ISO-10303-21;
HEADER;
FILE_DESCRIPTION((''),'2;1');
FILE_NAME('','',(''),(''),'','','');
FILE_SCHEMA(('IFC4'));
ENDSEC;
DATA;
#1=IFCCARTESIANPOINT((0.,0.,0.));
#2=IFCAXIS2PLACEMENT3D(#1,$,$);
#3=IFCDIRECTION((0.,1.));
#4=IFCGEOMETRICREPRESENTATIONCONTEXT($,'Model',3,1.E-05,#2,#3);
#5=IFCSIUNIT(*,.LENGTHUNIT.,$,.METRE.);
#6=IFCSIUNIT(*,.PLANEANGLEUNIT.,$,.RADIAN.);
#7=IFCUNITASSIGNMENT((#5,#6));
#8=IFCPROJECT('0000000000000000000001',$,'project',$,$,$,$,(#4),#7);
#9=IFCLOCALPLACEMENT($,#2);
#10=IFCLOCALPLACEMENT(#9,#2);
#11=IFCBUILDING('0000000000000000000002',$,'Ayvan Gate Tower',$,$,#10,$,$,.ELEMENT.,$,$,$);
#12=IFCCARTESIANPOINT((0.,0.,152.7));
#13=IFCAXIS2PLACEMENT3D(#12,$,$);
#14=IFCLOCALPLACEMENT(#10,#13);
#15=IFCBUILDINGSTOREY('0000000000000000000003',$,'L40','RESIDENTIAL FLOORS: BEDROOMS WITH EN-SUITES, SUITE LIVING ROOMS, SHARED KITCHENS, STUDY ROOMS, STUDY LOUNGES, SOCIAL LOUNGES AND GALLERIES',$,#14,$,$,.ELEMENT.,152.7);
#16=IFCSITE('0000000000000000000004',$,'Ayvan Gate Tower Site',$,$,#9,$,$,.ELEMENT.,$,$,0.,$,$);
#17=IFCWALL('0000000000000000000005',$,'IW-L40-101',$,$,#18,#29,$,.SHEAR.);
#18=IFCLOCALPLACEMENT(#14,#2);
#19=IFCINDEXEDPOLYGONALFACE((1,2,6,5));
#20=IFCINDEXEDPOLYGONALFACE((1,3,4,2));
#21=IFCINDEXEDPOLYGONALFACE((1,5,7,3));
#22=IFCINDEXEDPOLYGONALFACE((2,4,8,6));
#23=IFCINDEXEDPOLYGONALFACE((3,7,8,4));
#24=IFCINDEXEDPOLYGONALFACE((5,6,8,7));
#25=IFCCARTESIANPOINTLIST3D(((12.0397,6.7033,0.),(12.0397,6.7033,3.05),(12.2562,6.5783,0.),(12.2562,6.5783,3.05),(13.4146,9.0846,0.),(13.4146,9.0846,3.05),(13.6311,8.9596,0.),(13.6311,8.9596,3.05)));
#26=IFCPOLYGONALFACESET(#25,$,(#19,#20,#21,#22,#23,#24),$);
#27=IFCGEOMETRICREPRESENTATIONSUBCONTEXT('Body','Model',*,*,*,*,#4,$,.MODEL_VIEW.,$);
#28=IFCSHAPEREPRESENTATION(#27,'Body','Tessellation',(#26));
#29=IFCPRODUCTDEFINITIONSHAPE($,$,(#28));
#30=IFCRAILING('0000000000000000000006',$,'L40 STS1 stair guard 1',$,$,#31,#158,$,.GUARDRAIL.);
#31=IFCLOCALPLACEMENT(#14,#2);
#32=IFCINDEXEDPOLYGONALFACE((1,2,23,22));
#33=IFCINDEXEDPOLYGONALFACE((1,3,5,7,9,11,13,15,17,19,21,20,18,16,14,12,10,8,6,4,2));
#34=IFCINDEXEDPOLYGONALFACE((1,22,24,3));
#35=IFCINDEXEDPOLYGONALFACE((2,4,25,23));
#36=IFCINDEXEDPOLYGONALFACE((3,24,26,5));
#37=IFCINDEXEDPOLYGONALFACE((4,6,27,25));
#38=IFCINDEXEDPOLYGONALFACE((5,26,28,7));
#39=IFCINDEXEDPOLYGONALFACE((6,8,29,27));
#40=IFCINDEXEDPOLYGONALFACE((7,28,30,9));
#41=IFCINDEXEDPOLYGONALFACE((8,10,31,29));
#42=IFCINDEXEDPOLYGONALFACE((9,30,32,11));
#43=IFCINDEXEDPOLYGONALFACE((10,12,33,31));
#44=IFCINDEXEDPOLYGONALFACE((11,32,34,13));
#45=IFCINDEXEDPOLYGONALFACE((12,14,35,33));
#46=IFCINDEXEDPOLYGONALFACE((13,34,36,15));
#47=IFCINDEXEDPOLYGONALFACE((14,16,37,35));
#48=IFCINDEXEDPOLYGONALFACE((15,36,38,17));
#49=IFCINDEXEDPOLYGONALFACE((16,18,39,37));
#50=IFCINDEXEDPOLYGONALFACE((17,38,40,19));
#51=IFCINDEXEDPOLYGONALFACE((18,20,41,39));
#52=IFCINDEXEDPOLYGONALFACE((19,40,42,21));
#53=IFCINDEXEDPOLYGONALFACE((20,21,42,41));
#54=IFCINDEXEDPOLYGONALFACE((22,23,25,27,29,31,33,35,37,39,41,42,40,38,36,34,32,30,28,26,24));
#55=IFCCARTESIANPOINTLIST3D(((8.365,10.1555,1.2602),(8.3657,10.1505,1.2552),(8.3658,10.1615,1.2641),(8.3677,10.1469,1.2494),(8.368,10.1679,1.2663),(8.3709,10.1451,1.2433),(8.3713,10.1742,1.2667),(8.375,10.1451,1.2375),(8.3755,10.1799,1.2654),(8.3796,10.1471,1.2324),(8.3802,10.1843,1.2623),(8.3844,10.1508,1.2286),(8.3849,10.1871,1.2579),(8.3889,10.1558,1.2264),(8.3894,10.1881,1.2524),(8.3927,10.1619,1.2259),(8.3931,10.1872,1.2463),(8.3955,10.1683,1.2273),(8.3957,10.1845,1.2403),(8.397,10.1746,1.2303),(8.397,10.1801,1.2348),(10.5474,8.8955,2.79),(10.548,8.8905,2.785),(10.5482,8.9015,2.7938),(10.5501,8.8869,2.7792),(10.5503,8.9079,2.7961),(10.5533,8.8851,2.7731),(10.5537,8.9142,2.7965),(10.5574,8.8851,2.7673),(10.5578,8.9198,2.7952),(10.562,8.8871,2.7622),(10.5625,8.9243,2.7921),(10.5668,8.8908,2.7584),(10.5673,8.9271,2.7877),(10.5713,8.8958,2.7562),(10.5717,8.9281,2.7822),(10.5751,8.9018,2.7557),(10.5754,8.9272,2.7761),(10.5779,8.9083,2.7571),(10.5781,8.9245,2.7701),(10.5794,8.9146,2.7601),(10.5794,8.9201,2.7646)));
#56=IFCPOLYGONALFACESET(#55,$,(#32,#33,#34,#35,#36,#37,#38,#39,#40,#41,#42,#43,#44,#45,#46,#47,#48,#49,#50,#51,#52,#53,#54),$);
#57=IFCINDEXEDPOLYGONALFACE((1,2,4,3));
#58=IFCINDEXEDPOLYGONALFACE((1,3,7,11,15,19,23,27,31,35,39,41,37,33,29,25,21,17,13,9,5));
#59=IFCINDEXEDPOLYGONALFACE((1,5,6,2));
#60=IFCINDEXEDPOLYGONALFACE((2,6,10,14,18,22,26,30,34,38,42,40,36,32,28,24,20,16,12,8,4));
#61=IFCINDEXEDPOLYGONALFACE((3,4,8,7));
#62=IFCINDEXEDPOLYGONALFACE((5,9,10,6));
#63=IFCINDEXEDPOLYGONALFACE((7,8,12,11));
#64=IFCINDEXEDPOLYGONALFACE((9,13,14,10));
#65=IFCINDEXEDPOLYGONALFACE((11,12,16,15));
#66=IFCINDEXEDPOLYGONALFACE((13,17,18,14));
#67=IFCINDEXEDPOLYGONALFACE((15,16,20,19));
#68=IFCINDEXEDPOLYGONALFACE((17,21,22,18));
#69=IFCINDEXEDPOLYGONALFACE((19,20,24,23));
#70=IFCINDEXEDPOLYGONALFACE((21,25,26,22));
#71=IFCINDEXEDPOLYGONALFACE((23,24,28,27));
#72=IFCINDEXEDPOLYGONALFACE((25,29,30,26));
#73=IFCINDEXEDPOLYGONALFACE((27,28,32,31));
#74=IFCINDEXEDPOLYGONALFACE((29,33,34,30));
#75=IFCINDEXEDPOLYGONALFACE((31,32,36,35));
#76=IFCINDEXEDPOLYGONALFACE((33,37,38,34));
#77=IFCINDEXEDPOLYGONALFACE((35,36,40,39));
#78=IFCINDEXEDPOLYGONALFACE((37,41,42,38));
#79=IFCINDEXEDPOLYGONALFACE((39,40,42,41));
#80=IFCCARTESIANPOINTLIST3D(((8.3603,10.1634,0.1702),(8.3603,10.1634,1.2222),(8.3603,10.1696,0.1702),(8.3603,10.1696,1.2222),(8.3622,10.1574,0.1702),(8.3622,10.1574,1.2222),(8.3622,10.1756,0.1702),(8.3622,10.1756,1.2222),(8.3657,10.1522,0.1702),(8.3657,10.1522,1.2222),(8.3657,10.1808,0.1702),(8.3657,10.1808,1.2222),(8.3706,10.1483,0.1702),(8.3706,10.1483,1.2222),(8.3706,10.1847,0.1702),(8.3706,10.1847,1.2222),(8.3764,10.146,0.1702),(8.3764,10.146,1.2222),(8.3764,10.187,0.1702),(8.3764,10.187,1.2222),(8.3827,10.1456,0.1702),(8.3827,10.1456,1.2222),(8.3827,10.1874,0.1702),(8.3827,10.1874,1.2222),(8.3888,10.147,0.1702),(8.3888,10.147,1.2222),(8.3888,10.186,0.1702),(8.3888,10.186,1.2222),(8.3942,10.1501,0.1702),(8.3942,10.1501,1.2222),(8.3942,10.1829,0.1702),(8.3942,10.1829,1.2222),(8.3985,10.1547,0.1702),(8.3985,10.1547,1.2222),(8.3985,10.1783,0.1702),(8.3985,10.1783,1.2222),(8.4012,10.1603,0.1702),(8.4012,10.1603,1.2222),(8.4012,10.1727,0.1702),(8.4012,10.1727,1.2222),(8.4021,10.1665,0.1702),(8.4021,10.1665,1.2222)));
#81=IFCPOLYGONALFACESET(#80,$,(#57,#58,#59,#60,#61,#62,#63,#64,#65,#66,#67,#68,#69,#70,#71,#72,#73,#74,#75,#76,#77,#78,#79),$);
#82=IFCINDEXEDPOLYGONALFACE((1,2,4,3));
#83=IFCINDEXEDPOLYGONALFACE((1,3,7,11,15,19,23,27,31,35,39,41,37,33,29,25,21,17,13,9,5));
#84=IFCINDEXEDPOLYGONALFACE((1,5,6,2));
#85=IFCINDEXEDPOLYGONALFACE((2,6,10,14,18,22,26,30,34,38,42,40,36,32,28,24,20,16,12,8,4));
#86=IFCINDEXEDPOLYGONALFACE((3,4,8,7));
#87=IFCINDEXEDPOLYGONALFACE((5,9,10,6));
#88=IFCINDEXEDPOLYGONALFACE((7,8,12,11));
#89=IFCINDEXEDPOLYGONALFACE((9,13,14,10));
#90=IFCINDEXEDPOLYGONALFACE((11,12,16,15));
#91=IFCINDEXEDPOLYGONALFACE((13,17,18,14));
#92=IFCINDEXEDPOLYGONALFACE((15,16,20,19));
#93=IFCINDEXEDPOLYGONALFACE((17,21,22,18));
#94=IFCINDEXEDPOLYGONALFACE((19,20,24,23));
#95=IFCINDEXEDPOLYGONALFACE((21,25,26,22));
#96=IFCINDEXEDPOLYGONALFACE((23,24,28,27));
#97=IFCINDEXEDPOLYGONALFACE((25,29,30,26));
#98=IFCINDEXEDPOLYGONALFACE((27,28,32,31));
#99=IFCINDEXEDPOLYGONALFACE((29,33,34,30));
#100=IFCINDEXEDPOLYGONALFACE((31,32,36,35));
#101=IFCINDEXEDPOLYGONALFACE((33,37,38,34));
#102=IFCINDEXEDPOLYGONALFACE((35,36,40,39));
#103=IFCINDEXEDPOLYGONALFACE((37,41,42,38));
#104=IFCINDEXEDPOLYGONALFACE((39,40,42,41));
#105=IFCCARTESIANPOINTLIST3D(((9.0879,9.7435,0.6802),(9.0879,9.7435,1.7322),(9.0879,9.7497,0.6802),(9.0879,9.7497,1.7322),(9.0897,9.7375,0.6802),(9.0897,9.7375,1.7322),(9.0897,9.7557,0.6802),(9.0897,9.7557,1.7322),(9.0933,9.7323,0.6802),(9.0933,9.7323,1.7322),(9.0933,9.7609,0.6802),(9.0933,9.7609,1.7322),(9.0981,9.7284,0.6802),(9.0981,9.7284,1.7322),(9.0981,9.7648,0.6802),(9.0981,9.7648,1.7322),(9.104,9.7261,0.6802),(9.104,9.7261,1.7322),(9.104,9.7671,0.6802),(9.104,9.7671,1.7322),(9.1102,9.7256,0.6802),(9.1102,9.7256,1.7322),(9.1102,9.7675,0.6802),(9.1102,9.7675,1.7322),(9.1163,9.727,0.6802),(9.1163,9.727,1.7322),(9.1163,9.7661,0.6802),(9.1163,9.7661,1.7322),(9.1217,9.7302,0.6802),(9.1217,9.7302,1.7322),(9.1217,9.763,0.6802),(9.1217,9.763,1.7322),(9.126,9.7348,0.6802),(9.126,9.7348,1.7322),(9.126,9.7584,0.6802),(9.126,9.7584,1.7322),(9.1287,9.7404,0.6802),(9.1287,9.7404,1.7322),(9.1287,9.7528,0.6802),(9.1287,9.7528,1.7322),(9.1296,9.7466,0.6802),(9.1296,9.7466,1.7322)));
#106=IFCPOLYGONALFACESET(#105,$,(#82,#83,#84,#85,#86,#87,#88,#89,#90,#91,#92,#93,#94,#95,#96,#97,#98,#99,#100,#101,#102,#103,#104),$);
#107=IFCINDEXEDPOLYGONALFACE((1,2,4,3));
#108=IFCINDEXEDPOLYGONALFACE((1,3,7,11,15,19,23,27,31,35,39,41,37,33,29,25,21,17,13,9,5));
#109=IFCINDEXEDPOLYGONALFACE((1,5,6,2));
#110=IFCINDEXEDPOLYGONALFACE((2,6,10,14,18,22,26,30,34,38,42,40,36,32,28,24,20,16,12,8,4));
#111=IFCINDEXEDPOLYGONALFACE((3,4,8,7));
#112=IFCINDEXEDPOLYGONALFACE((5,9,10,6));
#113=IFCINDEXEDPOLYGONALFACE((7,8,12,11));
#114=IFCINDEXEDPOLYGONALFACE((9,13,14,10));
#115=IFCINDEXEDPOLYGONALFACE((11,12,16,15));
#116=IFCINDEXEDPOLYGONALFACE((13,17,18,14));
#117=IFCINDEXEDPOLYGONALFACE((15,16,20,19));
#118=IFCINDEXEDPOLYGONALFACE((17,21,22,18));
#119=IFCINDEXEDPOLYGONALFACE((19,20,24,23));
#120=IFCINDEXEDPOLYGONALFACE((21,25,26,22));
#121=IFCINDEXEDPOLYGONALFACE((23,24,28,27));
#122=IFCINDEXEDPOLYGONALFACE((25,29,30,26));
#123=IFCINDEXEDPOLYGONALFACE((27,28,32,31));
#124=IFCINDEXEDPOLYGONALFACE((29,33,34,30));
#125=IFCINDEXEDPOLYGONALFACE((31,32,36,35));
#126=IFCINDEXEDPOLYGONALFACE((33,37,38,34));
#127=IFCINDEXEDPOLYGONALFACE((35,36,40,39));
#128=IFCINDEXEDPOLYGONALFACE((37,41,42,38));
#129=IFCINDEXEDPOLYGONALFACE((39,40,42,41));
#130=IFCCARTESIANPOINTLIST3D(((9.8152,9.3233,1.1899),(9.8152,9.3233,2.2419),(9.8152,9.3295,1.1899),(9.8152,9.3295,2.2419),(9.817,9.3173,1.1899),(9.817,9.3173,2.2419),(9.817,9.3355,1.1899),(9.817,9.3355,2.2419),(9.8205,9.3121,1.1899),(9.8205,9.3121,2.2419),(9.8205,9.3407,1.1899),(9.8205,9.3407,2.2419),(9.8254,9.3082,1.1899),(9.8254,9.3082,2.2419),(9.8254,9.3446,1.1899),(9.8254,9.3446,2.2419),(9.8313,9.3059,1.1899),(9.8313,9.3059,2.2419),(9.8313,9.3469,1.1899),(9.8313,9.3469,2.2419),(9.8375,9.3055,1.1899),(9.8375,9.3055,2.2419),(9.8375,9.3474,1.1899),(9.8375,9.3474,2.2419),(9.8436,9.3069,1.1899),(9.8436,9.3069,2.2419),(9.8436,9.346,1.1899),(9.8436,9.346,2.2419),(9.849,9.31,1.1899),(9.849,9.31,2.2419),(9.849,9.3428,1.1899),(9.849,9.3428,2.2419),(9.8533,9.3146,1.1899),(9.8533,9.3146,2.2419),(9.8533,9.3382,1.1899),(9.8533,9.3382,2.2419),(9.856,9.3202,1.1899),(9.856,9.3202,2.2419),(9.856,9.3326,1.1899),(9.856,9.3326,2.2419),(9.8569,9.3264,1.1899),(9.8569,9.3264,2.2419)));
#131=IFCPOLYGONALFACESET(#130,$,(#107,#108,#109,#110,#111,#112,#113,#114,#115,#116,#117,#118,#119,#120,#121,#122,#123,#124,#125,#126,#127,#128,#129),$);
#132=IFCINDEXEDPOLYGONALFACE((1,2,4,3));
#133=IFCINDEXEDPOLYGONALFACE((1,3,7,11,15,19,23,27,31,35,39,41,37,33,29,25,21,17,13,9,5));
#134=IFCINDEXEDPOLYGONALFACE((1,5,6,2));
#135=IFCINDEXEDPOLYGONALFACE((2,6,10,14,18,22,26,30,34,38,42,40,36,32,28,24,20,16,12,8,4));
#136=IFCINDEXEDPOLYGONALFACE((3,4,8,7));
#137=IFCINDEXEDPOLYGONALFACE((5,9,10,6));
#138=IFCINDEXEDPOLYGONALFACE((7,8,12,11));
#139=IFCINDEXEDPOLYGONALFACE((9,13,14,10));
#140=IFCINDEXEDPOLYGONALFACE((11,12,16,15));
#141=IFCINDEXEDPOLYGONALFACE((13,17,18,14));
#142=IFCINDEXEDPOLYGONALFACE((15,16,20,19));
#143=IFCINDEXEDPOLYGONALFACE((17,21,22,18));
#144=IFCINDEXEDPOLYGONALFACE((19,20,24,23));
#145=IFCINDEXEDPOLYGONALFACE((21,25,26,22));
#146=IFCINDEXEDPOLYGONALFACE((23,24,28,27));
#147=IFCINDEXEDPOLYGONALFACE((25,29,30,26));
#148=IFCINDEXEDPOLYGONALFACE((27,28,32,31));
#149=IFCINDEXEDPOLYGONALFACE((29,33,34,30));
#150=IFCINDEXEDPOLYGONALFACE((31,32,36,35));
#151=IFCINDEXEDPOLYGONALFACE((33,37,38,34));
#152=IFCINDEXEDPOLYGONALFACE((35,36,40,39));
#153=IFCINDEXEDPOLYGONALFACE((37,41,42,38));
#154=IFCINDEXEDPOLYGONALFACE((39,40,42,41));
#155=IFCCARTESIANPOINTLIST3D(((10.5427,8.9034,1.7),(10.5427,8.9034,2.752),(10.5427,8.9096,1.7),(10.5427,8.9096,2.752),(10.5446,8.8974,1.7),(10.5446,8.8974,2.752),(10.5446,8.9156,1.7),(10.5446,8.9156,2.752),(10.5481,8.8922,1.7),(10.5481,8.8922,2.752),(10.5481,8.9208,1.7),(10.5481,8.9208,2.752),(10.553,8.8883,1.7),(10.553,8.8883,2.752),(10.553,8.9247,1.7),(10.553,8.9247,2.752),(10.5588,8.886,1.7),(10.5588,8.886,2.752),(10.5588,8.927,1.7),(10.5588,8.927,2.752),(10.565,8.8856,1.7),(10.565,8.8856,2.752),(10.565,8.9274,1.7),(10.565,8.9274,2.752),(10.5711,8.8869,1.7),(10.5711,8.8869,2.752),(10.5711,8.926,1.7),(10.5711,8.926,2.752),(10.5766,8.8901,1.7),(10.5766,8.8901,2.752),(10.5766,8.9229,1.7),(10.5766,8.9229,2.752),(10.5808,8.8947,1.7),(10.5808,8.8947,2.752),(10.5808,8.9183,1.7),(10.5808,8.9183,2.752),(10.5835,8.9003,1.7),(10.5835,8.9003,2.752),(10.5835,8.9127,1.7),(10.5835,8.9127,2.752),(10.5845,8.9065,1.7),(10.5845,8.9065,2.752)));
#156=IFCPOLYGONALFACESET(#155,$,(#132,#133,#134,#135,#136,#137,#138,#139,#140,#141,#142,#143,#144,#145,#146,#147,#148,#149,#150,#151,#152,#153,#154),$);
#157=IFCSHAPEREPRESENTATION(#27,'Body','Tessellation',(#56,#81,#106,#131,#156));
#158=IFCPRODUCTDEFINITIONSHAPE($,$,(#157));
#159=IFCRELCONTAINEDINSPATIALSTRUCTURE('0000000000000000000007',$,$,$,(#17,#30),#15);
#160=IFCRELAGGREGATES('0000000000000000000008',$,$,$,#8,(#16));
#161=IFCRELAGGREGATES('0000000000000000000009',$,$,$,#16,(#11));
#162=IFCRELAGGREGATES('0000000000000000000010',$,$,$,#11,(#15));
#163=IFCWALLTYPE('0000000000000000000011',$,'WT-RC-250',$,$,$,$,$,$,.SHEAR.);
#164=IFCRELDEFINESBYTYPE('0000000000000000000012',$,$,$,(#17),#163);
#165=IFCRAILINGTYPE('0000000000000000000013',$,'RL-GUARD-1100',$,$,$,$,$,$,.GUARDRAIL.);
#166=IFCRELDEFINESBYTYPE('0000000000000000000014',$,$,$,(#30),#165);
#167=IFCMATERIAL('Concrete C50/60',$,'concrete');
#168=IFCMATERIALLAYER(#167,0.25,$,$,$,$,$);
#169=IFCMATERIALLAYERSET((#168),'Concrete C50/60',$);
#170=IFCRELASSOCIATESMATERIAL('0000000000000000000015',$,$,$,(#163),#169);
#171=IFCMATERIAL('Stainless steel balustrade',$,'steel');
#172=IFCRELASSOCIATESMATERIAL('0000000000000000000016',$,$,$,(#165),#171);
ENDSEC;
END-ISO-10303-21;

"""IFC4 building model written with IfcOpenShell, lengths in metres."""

from ifc_helpers import new_model, si_unit, direction, frame, frame_2d, origin, origin_2d, place, context, subcontext, project, spatial, rectangle, circle, extrude, material, layer, layer_set, type_object, element, save


model = new_model("IFC4")

# Units and contexts
model_context = context("Model", 3, precision=1e-05, world=origin(), true_north=direction((0.0, 1.0)))
body_context = subcontext(model_context, "Body", "Model", "MODEL_VIEW")
ifc_project = project(units=[si_unit("LENGTHUNIT", "METRE"), si_unit("PLANEANGLEUNIT", "RADIAN")], contexts=[model_context])

# Site, building, storey
site_placement = place(None, origin())
site = spatial("IfcSite", under=ifc_project, at=site_placement, Name="Ayvan Gate Tower Site", CompositionType="ELEMENT", RefElevation=0.0)
building_placement = place(site_placement, origin())
building = spatial("IfcBuilding", under=site, at=building_placement, Name="Ayvan Gate Tower", CompositionType="ELEMENT")
storey_placement = place(building_placement, frame((0.0, 0.0, 152.7)))
storey = spatial("IfcBuildingStorey", under=building, at=storey_placement, Name="L40", Description="RESIDENTIAL FLOORS: BEDROOMS WITH EN-SUITES, SUITE LIVING ROOMS, SHARED KITCHENS, STUDY ROOMS, STUDY LOUNGES, SOCIAL LOUNGES AND GALLERIES", CompositionType="ELEMENT", Elevation=152.7)

# Shared definitions
ifc_material_1 = material(Name="Concrete C50/60", Category="concrete")
ifc_layer_1 = layer(ifc_material_1, 0.25)
ifc_layer_set_1 = layer_set([ifc_layer_1], Name="Concrete C50/60")
wall_type_1 = type_object("IfcWallType", Name="WT-RC-250", PredefinedType="SHEAR", material=ifc_layer_set_1)

# Wall
wall_1_placement = place(storey_placement, frame((13.5229, 9.0222, 0.0), z_axis=(0.0, 0.0, 1.0), x_axis=(-0.500035, -0.866005, 0.0)))
element("IfcWall", 1, at=wall_1_placement, inside=storey, type_object=wall_type_1, Name="IW-L40-101", PredefinedType="SHEAR", context=body_context, shape_type="SweptSolid", body=[
    extrude(rectangle(XDim=2.7498, YDim=0.25, at=frame_2d((1.375, 0.0))), origin(), (0.0, 0.0, 1.0), 3.05),
])

# Railing
ifc_material_2 = material(Name="Stainless steel balustrade", Category="steel")
railing_type_1 = type_object("IfcRailingType", Name="RL-GUARD-1100", PredefinedType="GUARDRAIL", material=ifc_material_2)
railing_1_placement = place(storey_placement, frame((8.3811, 10.1665, 0.1702)))
element("IfcRailing", 2, at=railing_1_placement, inside=storey, type_object=railing_type_1, Name="L40 STS1 stair guard 1", PredefinedType="GUARDRAIL", context=body_context, shape_type="SweptSolid", body=[
    extrude(circle(Radius=0.0239, at=origin_2d()), frame((0.0, 0.0, 1.0762), z_axis=(0.740293, -0.427414, 0.518926), x_axis=(0.500005, 0.866023, 0.0)), (0.0, 0.0, 1.0), 2.948),
    extrude(circle(Radius=0.021, at=origin_2d()), origin(), (0.0, 0.0, 1.0), 1.052),
    extrude(circle(Radius=0.021, at=origin_2d()), frame((0.7275, -0.4199, 0.51)), (0.0, 0.0, 1.0), 1.052),
    extrude(circle(Radius=0.021, at=origin_2d()), frame((1.4548, -0.8401, 1.0198)), (0.0, 0.0, 1.0), 1.052),
    extrude(circle(Radius=0.021, at=origin_2d()), frame((2.1824, -1.26, 1.5298)), (0.0, 0.0, 1.0), 1.052),
])

save(model, "model.ifc")
